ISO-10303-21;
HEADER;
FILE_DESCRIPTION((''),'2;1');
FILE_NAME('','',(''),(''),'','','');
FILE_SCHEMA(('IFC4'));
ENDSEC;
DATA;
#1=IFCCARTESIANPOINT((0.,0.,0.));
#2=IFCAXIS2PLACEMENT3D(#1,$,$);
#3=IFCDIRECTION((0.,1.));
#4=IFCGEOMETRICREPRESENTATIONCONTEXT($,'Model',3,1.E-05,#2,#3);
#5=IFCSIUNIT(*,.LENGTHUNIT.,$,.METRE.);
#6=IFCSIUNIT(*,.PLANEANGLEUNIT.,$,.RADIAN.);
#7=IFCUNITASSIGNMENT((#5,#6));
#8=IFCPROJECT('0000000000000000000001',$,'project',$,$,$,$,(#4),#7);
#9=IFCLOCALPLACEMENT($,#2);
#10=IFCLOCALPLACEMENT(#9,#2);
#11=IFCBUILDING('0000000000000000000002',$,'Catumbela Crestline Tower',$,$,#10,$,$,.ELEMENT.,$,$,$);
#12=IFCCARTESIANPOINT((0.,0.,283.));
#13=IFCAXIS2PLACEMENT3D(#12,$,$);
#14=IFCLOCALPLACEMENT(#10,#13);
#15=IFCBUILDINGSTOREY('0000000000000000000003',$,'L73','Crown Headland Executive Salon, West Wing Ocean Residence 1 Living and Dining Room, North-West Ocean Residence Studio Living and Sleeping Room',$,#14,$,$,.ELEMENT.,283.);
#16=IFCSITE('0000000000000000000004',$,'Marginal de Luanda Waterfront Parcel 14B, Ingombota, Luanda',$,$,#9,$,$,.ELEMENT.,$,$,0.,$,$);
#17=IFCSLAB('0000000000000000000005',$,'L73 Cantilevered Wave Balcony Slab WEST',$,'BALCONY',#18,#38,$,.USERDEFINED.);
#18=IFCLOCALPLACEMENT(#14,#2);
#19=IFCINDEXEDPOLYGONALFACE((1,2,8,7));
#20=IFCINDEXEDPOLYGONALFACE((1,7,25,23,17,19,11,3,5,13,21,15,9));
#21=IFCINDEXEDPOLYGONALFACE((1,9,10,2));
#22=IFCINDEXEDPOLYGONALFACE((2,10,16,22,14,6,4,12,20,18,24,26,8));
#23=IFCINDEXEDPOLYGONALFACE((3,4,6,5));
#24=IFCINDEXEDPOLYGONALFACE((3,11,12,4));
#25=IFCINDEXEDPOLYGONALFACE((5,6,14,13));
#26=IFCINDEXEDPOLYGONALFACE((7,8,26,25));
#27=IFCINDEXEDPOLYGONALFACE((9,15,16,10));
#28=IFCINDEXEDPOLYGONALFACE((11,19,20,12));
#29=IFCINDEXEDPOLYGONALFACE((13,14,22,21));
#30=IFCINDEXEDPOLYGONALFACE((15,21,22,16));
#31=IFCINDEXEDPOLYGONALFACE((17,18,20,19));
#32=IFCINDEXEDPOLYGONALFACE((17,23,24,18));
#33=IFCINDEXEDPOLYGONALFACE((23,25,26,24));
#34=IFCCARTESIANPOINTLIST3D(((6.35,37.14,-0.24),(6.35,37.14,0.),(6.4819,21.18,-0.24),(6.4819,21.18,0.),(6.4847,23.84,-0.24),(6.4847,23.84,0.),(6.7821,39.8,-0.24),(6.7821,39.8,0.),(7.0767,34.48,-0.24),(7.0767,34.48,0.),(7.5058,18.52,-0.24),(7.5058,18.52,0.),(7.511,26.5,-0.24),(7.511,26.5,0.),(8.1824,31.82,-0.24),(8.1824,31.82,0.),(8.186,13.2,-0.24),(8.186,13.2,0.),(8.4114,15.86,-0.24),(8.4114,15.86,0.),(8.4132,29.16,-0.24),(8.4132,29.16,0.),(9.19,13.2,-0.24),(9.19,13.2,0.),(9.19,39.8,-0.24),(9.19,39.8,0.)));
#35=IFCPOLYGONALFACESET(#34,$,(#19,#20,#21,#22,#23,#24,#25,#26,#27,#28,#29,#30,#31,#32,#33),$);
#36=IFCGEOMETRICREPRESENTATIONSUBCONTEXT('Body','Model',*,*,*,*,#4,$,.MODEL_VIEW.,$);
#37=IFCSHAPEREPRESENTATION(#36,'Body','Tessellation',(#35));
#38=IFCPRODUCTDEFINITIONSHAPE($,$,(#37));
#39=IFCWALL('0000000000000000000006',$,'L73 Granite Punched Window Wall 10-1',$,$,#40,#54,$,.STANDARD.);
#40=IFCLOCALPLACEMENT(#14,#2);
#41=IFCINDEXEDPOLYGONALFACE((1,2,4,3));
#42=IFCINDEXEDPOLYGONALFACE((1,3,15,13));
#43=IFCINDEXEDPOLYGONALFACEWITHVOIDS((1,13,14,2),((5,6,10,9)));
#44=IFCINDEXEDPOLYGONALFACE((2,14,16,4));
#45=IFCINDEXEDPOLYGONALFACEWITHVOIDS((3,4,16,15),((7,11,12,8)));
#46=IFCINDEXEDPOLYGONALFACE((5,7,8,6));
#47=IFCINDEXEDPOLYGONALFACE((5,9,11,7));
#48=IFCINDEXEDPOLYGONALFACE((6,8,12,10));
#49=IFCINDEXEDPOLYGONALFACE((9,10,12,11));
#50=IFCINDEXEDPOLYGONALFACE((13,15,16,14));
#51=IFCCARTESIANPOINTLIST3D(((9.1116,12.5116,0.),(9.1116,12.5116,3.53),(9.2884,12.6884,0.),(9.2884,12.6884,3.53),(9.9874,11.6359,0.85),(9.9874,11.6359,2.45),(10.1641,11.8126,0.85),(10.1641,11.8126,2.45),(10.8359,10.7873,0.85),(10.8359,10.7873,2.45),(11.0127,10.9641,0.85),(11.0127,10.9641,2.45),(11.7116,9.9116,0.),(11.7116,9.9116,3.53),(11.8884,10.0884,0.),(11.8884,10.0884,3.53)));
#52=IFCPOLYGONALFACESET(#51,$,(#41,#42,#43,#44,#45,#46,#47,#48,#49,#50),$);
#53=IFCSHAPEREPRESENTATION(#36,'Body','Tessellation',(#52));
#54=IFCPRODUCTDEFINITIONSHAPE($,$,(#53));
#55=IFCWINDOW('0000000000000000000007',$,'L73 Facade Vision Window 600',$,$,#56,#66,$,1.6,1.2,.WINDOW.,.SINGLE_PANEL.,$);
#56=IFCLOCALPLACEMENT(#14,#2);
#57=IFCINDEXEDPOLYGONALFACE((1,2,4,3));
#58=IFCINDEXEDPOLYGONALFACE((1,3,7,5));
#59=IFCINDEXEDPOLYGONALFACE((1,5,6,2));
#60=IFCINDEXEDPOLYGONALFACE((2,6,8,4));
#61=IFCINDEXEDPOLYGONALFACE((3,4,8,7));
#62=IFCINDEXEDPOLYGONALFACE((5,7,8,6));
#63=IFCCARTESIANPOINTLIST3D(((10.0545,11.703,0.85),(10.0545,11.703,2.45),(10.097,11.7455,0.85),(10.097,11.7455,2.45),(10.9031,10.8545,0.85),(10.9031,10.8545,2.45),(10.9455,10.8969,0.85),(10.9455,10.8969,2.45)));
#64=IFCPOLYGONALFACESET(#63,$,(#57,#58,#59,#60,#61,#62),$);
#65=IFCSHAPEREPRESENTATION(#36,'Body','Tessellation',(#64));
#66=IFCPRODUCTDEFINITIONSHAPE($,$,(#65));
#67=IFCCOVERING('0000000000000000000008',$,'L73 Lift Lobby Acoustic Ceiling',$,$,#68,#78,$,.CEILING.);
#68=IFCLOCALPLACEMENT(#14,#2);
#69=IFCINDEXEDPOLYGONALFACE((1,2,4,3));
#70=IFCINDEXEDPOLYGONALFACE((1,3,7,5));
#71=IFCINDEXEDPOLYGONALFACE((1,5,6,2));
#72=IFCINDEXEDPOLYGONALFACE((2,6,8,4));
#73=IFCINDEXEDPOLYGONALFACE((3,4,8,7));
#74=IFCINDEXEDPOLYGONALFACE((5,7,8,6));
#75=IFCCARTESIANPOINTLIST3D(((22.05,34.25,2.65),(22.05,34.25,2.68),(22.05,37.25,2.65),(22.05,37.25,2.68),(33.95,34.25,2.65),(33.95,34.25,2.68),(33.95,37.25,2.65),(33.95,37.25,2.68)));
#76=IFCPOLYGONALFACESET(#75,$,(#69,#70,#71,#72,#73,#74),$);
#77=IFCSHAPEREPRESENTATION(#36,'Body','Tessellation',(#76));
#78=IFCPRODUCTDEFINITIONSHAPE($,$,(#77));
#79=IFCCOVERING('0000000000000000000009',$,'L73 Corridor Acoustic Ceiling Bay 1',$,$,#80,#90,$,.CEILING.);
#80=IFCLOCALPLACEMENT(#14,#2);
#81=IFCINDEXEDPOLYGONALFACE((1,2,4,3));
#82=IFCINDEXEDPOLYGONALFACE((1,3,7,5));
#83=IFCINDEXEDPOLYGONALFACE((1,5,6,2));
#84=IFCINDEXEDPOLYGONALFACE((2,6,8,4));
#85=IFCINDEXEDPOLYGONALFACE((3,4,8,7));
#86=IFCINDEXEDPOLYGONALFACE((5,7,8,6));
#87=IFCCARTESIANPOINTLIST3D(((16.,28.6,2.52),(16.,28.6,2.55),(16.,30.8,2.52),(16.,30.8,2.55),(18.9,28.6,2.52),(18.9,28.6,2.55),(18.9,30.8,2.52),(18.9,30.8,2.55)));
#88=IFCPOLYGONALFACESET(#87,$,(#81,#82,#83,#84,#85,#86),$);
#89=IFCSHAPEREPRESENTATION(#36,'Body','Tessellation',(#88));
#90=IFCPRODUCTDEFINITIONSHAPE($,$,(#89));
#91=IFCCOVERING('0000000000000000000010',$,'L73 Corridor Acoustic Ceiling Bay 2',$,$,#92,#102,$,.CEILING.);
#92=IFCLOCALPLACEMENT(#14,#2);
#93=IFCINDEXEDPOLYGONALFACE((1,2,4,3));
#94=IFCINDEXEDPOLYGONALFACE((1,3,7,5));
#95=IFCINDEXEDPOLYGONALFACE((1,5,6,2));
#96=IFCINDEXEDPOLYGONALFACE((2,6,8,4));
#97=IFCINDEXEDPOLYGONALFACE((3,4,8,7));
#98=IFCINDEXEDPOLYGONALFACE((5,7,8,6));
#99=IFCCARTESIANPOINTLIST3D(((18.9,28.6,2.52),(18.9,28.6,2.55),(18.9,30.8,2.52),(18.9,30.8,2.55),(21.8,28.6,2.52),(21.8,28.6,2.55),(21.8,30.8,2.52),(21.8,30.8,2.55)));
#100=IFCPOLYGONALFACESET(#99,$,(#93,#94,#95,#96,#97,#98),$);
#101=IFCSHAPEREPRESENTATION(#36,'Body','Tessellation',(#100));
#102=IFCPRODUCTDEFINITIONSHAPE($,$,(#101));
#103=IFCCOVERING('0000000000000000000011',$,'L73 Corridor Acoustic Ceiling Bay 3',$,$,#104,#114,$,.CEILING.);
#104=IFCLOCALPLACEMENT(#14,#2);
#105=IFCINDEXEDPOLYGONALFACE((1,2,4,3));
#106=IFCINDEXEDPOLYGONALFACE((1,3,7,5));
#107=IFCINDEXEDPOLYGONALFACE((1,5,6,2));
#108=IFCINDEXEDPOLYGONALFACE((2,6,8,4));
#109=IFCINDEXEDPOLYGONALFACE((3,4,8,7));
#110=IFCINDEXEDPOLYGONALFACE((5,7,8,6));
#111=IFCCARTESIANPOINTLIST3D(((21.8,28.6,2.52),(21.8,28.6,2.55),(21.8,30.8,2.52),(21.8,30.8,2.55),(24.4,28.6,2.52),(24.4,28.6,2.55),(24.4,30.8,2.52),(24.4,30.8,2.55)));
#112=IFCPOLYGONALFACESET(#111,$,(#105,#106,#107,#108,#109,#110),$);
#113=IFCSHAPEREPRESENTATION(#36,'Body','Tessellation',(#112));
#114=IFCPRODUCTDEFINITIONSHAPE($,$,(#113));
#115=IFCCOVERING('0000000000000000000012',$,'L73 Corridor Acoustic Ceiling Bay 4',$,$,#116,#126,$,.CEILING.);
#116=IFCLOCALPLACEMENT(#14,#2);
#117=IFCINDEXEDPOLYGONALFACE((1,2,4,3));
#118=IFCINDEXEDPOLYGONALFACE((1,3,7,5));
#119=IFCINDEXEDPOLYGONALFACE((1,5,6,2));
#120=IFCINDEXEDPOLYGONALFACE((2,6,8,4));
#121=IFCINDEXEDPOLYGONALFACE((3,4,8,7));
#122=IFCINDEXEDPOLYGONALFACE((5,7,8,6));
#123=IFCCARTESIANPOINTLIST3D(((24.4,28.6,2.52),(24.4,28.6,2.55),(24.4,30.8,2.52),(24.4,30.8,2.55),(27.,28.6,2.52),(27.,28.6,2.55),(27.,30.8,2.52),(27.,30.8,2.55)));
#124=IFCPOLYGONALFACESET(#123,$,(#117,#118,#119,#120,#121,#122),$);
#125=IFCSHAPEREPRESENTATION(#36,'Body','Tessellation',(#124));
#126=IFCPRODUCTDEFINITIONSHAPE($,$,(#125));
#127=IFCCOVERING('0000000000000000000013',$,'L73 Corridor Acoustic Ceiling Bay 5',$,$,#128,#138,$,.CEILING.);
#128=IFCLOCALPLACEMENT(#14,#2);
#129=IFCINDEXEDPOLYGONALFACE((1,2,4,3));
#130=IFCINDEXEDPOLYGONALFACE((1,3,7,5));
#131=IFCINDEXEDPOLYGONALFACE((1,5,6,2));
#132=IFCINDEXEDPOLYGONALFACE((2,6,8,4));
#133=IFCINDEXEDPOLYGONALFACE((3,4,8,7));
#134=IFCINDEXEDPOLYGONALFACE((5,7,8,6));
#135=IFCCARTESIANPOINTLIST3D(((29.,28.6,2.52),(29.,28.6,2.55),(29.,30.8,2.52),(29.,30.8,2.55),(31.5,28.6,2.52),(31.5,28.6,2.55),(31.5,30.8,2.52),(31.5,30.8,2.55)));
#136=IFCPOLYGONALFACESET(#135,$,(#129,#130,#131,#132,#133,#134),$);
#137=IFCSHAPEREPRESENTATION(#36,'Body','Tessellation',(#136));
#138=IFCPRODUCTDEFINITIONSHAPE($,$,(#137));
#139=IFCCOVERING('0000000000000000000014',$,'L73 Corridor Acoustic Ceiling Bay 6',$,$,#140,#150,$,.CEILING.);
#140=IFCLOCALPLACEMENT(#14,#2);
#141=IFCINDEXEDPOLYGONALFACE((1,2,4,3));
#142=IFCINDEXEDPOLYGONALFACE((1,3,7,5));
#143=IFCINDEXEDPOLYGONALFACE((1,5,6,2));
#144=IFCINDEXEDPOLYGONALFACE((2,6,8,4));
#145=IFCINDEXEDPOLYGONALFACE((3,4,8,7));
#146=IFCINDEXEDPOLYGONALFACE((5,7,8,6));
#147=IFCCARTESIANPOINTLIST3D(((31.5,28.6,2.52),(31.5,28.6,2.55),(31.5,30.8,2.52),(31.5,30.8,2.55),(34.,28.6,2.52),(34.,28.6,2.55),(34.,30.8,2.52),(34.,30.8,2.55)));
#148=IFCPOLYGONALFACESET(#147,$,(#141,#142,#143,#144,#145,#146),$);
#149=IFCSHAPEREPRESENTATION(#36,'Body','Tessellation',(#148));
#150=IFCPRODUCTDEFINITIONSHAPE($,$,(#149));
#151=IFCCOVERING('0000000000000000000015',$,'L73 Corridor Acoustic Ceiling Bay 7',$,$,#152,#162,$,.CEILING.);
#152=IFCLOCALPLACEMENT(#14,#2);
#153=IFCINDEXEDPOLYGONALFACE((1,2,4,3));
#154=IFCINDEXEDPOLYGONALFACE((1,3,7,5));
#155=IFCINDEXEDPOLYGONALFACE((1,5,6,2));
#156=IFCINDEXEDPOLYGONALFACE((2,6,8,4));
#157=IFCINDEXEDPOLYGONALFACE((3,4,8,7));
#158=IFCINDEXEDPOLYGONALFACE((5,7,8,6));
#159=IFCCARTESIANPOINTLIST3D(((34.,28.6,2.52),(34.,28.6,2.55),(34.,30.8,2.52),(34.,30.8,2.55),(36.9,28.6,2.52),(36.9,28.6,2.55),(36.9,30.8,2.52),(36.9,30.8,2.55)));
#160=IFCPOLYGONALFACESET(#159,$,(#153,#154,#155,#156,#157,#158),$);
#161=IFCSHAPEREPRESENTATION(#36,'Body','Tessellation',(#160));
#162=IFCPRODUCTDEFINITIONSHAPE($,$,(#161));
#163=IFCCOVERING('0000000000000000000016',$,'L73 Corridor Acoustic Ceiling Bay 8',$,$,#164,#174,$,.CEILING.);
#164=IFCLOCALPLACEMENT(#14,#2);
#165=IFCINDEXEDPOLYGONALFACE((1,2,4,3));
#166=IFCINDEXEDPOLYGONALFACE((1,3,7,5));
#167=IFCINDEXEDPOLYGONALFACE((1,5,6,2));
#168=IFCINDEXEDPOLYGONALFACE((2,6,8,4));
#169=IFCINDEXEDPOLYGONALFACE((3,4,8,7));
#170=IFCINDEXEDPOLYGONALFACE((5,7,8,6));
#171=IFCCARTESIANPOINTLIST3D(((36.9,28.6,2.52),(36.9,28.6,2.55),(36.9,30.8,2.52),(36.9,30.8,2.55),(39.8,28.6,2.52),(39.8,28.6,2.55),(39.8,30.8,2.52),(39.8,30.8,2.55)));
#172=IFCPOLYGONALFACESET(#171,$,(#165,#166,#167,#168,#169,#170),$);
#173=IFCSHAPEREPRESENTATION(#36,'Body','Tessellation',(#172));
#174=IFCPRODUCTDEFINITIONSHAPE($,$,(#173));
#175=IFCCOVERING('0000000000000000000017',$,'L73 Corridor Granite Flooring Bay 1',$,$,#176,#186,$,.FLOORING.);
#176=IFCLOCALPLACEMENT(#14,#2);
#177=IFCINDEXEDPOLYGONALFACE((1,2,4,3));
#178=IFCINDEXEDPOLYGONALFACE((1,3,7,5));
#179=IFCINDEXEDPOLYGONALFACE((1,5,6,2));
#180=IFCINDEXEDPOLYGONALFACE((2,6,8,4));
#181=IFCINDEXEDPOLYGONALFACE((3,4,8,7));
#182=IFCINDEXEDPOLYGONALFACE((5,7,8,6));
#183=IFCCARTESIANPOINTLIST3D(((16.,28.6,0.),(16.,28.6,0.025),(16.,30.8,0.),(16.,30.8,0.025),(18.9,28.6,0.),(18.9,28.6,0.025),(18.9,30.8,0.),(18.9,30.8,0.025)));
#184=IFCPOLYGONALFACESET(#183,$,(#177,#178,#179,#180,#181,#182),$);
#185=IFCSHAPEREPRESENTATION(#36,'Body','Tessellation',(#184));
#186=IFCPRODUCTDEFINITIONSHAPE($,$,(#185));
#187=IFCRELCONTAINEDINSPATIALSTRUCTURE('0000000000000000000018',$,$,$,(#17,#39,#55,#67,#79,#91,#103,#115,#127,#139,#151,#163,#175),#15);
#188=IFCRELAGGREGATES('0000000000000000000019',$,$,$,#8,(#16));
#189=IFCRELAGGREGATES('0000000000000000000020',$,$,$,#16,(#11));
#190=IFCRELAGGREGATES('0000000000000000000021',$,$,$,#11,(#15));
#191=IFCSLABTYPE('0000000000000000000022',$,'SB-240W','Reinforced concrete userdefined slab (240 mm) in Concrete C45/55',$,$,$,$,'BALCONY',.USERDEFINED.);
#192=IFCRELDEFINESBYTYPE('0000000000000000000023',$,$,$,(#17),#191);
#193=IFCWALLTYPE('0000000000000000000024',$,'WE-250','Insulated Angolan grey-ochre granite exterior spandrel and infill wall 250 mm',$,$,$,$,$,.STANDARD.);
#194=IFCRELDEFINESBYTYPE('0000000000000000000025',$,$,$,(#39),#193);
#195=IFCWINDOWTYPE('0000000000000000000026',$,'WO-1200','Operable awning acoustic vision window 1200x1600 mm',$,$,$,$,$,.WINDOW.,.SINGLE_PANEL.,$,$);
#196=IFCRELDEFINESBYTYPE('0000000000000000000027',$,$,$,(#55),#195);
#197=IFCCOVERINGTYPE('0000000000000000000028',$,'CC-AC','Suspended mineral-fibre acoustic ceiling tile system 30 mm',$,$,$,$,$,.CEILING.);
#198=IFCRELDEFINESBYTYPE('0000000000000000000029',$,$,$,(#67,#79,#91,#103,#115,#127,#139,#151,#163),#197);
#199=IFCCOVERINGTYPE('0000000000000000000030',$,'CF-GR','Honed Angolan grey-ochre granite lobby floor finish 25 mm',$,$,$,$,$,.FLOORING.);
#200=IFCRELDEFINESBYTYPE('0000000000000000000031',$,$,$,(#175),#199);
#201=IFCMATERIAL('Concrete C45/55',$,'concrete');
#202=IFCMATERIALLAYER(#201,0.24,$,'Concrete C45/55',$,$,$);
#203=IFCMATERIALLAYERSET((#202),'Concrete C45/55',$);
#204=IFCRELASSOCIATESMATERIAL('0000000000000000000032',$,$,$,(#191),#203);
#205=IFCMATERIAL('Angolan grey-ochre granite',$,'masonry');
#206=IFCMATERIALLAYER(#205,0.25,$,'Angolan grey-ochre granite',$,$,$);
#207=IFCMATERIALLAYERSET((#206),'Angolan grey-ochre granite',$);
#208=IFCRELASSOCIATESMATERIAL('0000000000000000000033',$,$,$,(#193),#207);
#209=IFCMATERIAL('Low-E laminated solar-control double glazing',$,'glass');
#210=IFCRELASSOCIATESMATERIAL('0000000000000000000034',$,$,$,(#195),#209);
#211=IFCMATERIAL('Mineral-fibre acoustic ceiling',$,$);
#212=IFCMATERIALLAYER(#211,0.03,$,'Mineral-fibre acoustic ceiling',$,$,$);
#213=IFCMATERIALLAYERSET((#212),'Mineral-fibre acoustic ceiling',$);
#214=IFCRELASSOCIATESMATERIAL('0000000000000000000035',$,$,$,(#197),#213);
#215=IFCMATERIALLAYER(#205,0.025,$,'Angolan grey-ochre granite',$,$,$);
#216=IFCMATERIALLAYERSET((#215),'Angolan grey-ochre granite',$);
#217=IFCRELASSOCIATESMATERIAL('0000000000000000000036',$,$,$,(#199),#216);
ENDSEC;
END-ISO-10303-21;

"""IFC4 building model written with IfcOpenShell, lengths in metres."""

from ifc_helpers import new_model, si_unit, direction, frame, frame_2d, origin, place, context, subcontext, project, spatial, polyline, rectangle, outline, extrude, material, layer, layer_set, type_object, element, fill, save


model = new_model("IFC4")

# Units and contexts
model_context = context("Model", 3, precision=1e-05, world=origin(), true_north=direction((0.0, 1.0)))
body_context = subcontext(model_context, "Body", "Model", "MODEL_VIEW")
ifc_project = project(units=[si_unit("LENGTHUNIT", "METRE"), si_unit("PLANEANGLEUNIT", "RADIAN")], contexts=[model_context])

# Site, building, storey
site_placement = place(None, origin())
site = spatial("IfcSite", under=ifc_project, at=site_placement, Name="Marginal de Luanda Waterfront Parcel 14B, Ingombota, Luanda", CompositionType="ELEMENT", RefElevation=0.0)
building_placement = place(site_placement, origin())
building = spatial("IfcBuilding", under=site, at=building_placement, Name="Catumbela Crestline Tower", CompositionType="ELEMENT")
storey_placement = place(building_placement, frame((0.0, 0.0, 283.0)))
storey = spatial("IfcBuildingStorey", under=building, at=storey_placement, Name="L73", Description="Crown Headland Executive Salon, West Wing Ocean Residence 1 Living and Dining Room, North-West Ocean Residence Studio Living and Sleeping Room", CompositionType="ELEMENT", Elevation=283.0)

# Shared definitions
ifc_material_1 = material(Name="Low-E laminated solar-control double glazing", Category="glass")

# Shared definitions
ifc_material_2 = material(Name="Concrete C45/55", Category="concrete")

# Slab
ifc_layer_1 = layer(ifc_material_2, 0.24, Name="Concrete C45/55")
ifc_layer_set_1 = layer_set([ifc_layer_1], Name="Concrete C45/55")
slab_type_1 = type_object("IfcSlabType", Name="SB-240W", Description="Reinforced concrete userdefined slab (240 mm) in Concrete C45/55", ElementType="BALCONY", PredefinedType="USERDEFINED", material=ifc_layer_set_1)
slab_1_placement = place(storey_placement, frame((0.0, 0.0, -0.24)))
element("IfcSlab", 1, at=slab_1_placement, inside=storey, type_object=slab_type_1, Name="L73 Cantilevered Wave Balcony Slab WEST", ObjectType="BALCONY", PredefinedType="USERDEFINED", context=body_context, shape_type="SweptSolid", body=[
    extrude(outline(polyline([(9.19, 39.8), (6.7821, 39.8), (6.35, 37.14), (7.0767, 34.48), (8.1824, 31.82), (8.4132, 29.16), (7.511, 26.5), (6.4847, 23.84), (6.4819, 21.18), (7.5058, 18.52), (8.4114, 15.86), (8.186, 13.2), (9.19, 13.2), (9.19, 39.8)])), origin(), (0.0, 0.0, 1.0), 0.24),
])

# Wall, opening, window
ifc_material_3 = material(Name="Angolan grey-ochre granite", Category="masonry")
ifc_layer_2 = layer(ifc_material_3, 0.25, Name="Angolan grey-ochre granite")
ifc_layer_set_2 = layer_set([ifc_layer_2], Name="Angolan grey-ochre granite")
wall_type = type_object("IfcWallType", Name="WE-250", Description="Insulated Angolan grey-ochre granite exterior spandrel and infill wall 250 mm", PredefinedType="STANDARD", material=ifc_layer_set_2)
wall_placement = place(storey_placement, frame((9.2, 12.6, 0.0), z_axis=(0.0, 0.0, 1.0), x_axis=(0.707107, -0.707107, 0.0)))
wall = element("IfcWall", 2, at=wall_placement, inside=storey, type_object=wall_type, Name="L73 Granite Punched Window Wall 10-1", PredefinedType="STANDARD", context=body_context, shape_type="SweptSolid", body=[
    extrude(rectangle(XDim=3.677, YDim=0.25, at=frame_2d((1.8385, 0.0))), origin(), (0.0, 0.0, 1.0), 3.53),
])
opening_placement = place(wall_placement, frame((1.2385, 0.0, 0.85)))
opening = element("IfcOpeningElement", 3, at=opening_placement, cuts=wall, PredefinedType="OPENING", context=body_context, shape_type="SweptSolid", body=[
    extrude(rectangle(XDim=1.2, YDim=1.6, at=frame_2d((0.6, 0.8))), frame((0.0, 0.135, 0.0), z_axis=(0.0, -1.0, 0.0), x_axis=(1.0, 0.0, 0.0)), (0.0, 0.0, 1.0), 0.27),
])
window_type = type_object("IfcWindowType", Name="WO-1200", Description="Operable awning acoustic vision window 1200x1600 mm", PartitioningType="SINGLE_PANEL", PredefinedType="WINDOW", material=ifc_material_1)
window_placement = place(opening_placement, origin())
window = element("IfcWindow", 4, at=window_placement, inside=storey, type_object=window_type, Name="L73 Facade Vision Window 600", OverallHeight=1.6, OverallWidth=1.2, PartitioningType="SINGLE_PANEL", PredefinedType="WINDOW", context=body_context, shape_type="SweptSolid", body=[
    extrude(rectangle(XDim=1.2, YDim=1.6, at=frame_2d((0.6, 0.8))), frame((0.0, 0.03, 0.0), z_axis=(0.0, -1.0, 0.0), x_axis=(1.0, 0.0, 0.0)), (0.0, 0.0, 1.0), 0.06),
])
fill(opening, window)

# Coverings
ifc_material_4 = material(Name="Mineral-fibre acoustic ceiling")
ifc_layer_3 = layer(ifc_material_4, 0.03, Name="Mineral-fibre acoustic ceiling")
ifc_layer_set_3 = layer_set([ifc_layer_3], Name="Mineral-fibre acoustic ceiling")
covering_type_1 = type_object("IfcCoveringType", Name="CC-AC", Description="Suspended mineral-fibre acoustic ceiling tile system 30 mm", PredefinedType="CEILING", material=ifc_layer_set_3)
covering_1_placement = place(storey_placement, frame((0.0, 0.0, 2.65)))
element("IfcCovering", 5, at=covering_1_placement, inside=storey, type_object=covering_type_1, Name="L73 Lift Lobby Acoustic Ceiling", PredefinedType="CEILING", context=body_context, shape_type="SweptSolid", body=[
    extrude(outline(polyline([(22.05, 34.25), (33.95, 34.25), (33.95, 37.25), (22.05, 37.25), (22.05, 34.25)])), origin(), (0.0, 0.0, 1.0), 0.03),
])
covering_2_placement = place(storey_placement, frame((0.0, 0.0, 2.52)))
element("IfcCovering", 6, at=covering_2_placement, inside=storey, type_object=covering_type_1, Name="L73 Corridor Acoustic Ceiling Bay 1", PredefinedType="CEILING", context=body_context, shape_type="SweptSolid", body=[
    extrude(outline(polyline([(16.0, 28.6), (18.9, 28.6), (18.9, 30.8), (16.0, 30.8), (16.0, 28.6)])), origin(), (0.0, 0.0, 1.0), 0.03),
])
covering_3_placement = place(storey_placement, frame((0.0, 0.0, 2.52)))
element("IfcCovering", 7, at=covering_3_placement, inside=storey, type_object=covering_type_1, Name="L73 Corridor Acoustic Ceiling Bay 2", PredefinedType="CEILING", context=body_context, shape_type="SweptSolid", body=[
    extrude(outline(polyline([(18.9, 28.6), (21.8, 28.6), (21.8, 30.8), (18.9, 30.8), (18.9, 28.6)])), origin(), (0.0, 0.0, 1.0), 0.03),
])
covering_4_placement = place(storey_placement, frame((0.0, 0.0, 2.52)))
element("IfcCovering", 8, at=covering_4_placement, inside=storey, type_object=covering_type_1, Name="L73 Corridor Acoustic Ceiling Bay 3", PredefinedType="CEILING", context=body_context, shape_type="SweptSolid", body=[
    extrude(outline(polyline([(21.8, 28.6), (24.4, 28.6), (24.4, 30.8), (21.8, 30.8), (21.8, 28.6)])), origin(), (0.0, 0.0, 1.0), 0.03),
])
covering_5_placement = place(storey_placement, frame((0.0, 0.0, 2.52)))
element("IfcCovering", 9, at=covering_5_placement, inside=storey, type_object=covering_type_1, Name="L73 Corridor Acoustic Ceiling Bay 4", PredefinedType="CEILING", context=body_context, shape_type="SweptSolid", body=[
    extrude(outline(polyline([(24.4, 28.6), (27.0, 28.6), (27.0, 30.8), (24.4, 30.8), (24.4, 28.6)])), origin(), (0.0, 0.0, 1.0), 0.03),
])
covering_6_placement = place(storey_placement, frame((0.0, 0.0, 2.52)))
element("IfcCovering", 10, at=covering_6_placement, inside=storey, type_object=covering_type_1, Name="L73 Corridor Acoustic Ceiling Bay 5", PredefinedType="CEILING", context=body_context, shape_type="SweptSolid", body=[
    extrude(outline(polyline([(29.0, 28.6), (31.5, 28.6), (31.5, 30.8), (29.0, 30.8), (29.0, 28.6)])), origin(), (0.0, 0.0, 1.0), 0.03),
])
covering_7_placement = place(storey_placement, frame((0.0, 0.0, 2.52)))
element("IfcCovering", 11, at=covering_7_placement, inside=storey, type_object=covering_type_1, Name="L73 Corridor Acoustic Ceiling Bay 6", PredefinedType="CEILING", context=body_context, shape_type="SweptSolid", body=[
    extrude(outline(polyline([(31.5, 28.6), (34.0, 28.6), (34.0, 30.8), (31.5, 30.8), (31.5, 28.6)])), origin(), (0.0, 0.0, 1.0), 0.03),
])
covering_8_placement = place(storey_placement, frame((0.0, 0.0, 2.52)))
element("IfcCovering", 12, at=covering_8_placement, inside=storey, type_object=covering_type_1, Name="L73 Corridor Acoustic Ceiling Bay 7", PredefinedType="CEILING", context=body_context, shape_type="SweptSolid", body=[
    extrude(outline(polyline([(34.0, 28.6), (36.9, 28.6), (36.9, 30.8), (34.0, 30.8), (34.0, 28.6)])), origin(), (0.0, 0.0, 1.0), 0.03),
])
covering_9_placement = place(storey_placement, frame((0.0, 0.0, 2.52)))
element("IfcCovering", 13, at=covering_9_placement, inside=storey, type_object=covering_type_1, Name="L73 Corridor Acoustic Ceiling Bay 8", PredefinedType="CEILING", context=body_context, shape_type="SweptSolid", body=[
    extrude(outline(polyline([(36.9, 28.6), (39.8, 28.6), (39.8, 30.8), (36.9, 30.8), (36.9, 28.6)])), origin(), (0.0, 0.0, 1.0), 0.03),
])
ifc_layer_4 = layer(ifc_material_3, 0.025, Name="Angolan grey-ochre granite")
ifc_layer_set_4 = layer_set([ifc_layer_4], Name="Angolan grey-ochre granite")
covering_type_2 = type_object("IfcCoveringType", Name="CF-GR", Description="Honed Angolan grey-ochre granite lobby floor finish 25 mm", PredefinedType="FLOORING", material=ifc_layer_set_4)
covering_10_placement = place(storey_placement, origin())
element("IfcCovering", 14, at=covering_10_placement, inside=storey, type_object=covering_type_2, Name="L73 Corridor Granite Flooring Bay 1", PredefinedType="FLOORING", context=body_context, shape_type="SweptSolid", body=[
    extrude(outline(polyline([(16.0, 28.6), (18.9, 28.6), (18.9, 30.8), (16.0, 30.8), (16.0, 28.6)])), origin(), (0.0, 0.0, 1.0), 0.025),
])

save(model, "model.ifc")
